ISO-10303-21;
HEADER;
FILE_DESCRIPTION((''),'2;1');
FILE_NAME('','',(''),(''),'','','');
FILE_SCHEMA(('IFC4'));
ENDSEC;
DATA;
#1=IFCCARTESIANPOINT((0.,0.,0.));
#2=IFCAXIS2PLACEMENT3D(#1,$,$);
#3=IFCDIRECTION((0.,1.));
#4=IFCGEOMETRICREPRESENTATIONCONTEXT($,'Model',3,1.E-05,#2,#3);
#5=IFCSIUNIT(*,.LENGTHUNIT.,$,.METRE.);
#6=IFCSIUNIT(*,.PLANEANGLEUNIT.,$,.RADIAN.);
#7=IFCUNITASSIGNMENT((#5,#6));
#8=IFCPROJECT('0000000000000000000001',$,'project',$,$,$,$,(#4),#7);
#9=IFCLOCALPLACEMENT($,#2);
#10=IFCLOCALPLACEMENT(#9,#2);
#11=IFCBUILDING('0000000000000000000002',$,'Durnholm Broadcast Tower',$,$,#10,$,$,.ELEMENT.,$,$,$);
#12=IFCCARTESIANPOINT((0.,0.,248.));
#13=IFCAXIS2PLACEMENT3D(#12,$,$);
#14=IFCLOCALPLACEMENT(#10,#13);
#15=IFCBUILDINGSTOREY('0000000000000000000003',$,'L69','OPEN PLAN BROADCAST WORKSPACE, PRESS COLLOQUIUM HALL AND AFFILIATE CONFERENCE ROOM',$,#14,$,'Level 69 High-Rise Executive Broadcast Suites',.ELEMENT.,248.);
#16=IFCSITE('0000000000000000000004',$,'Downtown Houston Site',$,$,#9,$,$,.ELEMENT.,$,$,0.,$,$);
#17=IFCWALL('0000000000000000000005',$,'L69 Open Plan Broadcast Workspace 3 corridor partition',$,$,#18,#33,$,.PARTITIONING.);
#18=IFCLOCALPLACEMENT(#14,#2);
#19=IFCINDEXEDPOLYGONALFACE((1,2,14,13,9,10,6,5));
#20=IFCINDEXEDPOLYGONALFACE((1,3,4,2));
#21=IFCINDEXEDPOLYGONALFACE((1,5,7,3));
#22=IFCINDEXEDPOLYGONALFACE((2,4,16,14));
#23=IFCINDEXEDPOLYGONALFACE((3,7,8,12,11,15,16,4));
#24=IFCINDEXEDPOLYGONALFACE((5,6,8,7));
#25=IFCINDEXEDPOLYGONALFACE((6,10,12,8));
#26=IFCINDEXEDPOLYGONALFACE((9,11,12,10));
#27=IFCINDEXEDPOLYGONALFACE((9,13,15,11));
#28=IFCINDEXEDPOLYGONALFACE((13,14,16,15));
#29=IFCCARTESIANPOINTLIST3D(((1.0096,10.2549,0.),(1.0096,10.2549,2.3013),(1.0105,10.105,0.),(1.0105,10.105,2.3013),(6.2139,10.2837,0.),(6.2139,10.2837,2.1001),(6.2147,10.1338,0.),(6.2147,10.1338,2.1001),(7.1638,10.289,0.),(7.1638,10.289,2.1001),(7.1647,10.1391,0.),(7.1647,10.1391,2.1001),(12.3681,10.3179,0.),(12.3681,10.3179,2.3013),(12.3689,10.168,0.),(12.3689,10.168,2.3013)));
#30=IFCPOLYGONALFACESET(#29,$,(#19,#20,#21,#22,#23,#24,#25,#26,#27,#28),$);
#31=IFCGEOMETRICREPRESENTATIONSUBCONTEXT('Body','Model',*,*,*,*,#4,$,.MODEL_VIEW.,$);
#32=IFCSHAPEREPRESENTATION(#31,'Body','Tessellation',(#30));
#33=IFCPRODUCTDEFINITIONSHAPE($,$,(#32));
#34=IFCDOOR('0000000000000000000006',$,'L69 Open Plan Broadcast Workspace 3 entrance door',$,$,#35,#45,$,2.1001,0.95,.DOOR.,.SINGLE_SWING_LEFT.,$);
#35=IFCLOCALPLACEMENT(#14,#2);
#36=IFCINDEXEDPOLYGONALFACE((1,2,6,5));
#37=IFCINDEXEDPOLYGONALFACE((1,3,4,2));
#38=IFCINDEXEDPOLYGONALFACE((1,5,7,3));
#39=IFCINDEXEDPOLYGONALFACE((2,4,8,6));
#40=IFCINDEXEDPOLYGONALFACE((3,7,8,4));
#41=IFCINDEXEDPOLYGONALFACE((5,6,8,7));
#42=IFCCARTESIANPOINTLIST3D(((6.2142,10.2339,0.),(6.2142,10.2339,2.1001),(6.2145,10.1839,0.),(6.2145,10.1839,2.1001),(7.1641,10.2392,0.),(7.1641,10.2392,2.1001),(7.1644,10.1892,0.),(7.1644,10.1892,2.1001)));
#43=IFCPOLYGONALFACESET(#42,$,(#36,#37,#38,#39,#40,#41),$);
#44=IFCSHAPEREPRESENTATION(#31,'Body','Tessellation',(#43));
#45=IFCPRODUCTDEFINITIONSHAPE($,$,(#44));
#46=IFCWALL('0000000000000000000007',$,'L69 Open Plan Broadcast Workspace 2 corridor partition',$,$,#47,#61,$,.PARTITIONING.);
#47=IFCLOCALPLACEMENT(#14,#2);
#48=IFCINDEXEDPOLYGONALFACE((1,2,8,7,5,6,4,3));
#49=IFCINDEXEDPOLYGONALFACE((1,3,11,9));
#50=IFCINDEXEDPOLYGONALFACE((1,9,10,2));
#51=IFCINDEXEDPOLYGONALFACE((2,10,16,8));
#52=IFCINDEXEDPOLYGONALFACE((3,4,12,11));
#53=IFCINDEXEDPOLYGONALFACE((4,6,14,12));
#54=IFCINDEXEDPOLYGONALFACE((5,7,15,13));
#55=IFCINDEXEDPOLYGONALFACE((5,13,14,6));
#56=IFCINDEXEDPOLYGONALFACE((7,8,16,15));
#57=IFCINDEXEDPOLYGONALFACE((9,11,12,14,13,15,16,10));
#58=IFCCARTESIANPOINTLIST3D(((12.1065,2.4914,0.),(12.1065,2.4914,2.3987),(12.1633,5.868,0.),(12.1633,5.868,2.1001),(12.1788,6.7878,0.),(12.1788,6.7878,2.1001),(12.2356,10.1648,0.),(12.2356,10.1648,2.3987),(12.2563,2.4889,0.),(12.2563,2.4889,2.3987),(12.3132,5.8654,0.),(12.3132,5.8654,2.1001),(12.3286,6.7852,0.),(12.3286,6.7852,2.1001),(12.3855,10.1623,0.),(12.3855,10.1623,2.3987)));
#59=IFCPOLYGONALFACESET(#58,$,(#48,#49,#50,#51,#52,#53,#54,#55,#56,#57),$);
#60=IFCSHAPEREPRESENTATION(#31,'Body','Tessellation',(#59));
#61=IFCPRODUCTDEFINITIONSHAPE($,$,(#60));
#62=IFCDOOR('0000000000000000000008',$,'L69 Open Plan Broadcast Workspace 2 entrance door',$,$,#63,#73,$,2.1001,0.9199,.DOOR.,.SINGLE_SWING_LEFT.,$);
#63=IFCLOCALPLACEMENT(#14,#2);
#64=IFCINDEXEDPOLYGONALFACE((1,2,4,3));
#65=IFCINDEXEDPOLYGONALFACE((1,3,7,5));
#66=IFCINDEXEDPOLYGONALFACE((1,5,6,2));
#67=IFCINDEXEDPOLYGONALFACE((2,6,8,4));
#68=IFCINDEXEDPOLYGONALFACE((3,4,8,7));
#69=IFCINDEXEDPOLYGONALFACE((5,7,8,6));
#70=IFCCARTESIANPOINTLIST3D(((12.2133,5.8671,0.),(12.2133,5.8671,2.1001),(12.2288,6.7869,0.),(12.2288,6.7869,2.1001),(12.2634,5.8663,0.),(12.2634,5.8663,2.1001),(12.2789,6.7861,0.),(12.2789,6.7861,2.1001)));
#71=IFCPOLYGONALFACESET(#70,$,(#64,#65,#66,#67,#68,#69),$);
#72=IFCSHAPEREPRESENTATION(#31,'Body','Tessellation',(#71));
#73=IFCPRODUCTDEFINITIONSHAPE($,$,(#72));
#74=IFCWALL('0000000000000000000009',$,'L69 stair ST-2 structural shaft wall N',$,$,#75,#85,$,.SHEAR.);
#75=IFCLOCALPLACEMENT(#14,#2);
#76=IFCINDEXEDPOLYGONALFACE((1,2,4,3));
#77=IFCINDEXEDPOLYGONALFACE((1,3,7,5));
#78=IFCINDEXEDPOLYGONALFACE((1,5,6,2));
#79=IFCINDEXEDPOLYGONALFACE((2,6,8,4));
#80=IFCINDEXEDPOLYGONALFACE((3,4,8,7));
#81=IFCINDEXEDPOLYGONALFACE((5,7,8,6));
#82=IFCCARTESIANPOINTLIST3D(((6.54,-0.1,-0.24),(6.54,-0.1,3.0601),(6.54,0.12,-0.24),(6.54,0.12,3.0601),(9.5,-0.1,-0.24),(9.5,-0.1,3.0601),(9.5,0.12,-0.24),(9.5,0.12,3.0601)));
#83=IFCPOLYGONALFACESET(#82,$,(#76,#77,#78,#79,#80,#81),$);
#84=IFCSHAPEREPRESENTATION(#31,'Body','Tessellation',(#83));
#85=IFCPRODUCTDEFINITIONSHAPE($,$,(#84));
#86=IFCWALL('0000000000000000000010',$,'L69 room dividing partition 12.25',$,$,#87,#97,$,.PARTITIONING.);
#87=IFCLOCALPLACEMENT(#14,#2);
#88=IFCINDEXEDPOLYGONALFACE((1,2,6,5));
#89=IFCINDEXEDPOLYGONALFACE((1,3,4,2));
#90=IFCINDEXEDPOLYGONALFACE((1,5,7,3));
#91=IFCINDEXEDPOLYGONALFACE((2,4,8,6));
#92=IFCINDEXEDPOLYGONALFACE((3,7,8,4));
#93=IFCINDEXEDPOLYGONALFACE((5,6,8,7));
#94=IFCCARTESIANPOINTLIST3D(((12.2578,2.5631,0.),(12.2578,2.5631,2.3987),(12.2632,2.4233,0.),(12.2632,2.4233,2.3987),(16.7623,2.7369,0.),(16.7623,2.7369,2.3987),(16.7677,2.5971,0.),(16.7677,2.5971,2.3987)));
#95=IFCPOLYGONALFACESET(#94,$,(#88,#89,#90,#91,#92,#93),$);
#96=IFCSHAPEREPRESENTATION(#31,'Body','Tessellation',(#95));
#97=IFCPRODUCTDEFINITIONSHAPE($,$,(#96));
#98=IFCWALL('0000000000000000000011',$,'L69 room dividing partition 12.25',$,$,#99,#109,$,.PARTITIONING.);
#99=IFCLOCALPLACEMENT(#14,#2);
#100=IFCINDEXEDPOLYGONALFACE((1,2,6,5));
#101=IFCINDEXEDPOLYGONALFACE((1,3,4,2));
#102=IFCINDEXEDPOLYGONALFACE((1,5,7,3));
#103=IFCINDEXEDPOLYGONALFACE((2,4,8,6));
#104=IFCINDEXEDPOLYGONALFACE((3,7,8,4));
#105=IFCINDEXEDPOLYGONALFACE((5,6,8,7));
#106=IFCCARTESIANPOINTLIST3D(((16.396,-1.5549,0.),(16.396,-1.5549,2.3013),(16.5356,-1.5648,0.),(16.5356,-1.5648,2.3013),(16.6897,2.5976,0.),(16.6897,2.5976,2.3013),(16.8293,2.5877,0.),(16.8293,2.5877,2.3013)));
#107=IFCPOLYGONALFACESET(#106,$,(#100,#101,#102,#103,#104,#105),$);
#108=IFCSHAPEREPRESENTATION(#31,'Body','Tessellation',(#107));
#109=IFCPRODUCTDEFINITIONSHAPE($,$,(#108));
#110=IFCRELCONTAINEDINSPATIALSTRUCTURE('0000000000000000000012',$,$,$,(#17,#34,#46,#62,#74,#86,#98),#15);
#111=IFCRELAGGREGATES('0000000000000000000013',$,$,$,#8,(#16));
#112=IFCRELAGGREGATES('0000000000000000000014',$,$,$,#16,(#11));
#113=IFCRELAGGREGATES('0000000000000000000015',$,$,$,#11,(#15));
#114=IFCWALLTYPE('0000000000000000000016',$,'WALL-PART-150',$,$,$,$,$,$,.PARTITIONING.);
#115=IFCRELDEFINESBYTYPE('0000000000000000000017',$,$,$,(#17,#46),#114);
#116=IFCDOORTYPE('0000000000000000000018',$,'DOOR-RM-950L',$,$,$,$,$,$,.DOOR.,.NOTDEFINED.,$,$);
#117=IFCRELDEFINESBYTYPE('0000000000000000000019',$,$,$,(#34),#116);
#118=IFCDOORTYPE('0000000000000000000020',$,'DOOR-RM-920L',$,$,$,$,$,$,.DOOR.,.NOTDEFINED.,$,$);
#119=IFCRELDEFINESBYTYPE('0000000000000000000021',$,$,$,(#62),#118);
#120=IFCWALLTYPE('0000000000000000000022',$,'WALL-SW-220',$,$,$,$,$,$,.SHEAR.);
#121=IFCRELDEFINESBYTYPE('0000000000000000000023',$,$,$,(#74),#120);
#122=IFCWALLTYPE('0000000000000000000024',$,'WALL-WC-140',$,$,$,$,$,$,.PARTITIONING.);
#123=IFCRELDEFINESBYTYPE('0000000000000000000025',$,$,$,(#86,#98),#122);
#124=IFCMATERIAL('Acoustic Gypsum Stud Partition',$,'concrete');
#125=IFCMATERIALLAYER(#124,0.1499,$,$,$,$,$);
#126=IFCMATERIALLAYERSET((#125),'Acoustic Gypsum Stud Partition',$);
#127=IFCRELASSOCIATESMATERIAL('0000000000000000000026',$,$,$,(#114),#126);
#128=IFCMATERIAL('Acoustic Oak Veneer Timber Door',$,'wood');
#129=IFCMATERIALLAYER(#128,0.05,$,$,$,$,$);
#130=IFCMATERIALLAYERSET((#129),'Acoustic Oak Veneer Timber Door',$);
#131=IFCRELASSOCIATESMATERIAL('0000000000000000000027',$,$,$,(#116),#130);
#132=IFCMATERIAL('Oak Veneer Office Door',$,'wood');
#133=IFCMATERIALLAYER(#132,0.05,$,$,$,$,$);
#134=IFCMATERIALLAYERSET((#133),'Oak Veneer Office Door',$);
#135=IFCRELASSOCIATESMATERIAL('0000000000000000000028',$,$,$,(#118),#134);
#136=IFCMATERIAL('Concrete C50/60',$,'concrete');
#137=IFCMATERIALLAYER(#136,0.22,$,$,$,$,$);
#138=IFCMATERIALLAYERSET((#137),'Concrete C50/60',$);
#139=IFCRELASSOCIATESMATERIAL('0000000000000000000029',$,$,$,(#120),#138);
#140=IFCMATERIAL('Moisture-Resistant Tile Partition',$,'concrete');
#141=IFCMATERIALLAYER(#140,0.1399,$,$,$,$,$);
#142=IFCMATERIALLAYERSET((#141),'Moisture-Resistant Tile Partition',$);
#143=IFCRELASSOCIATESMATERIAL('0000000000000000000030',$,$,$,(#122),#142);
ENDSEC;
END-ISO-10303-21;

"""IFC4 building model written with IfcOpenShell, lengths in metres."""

from ifc_helpers import new_model, si_unit, direction, frame, frame_2d, origin, place, context, subcontext, project, spatial, rectangle, extrude, source, transform, mapped, material, layer, layer_set, type_object, type_shapes, element, fill, save


model = new_model("IFC4")

# Units and contexts
model_context = context("Model", 3, precision=1e-05, world=origin(), true_north=direction((0.0, 1.0)))
body_context = subcontext(model_context, "Body", "Model", "MODEL_VIEW")
ifc_project = project(units=[si_unit("LENGTHUNIT", "METRE"), si_unit("PLANEANGLEUNIT", "RADIAN")], contexts=[model_context])

# Site, building, storey
site_placement = place(None, origin())
site = spatial("IfcSite", under=ifc_project, at=site_placement, Name="Downtown Houston Site", CompositionType="ELEMENT", RefElevation=0.0)
building_placement = place(site_placement, origin())
building = spatial("IfcBuilding", under=site, at=building_placement, Name="Durnholm Broadcast Tower", CompositionType="ELEMENT")
storey_placement = place(building_placement, frame((0.0, 0.0, 248.0)))
storey = spatial("IfcBuildingStorey", under=building, at=storey_placement, Name="L69", Description="OPEN PLAN BROADCAST WORKSPACE, PRESS COLLOQUIUM HALL AND AFFILIATE CONFERENCE ROOM", LongName="Level 69 High-Rise Executive Broadcast Suites", CompositionType="ELEMENT", Elevation=248.0)

# Walls, openings, doors
ifc_material_1 = material(Name="Acoustic Gypsum Stud Partition", Category="concrete")
ifc_layer_1 = layer(ifc_material_1, 0.1499)
ifc_layer_set_1 = layer_set([ifc_layer_1], Name="Acoustic Gypsum Stud Partition")
wall_type_1 = type_object("IfcWallType", Name="WALL-PART-150", PredefinedType="PARTITIONING", material=ifc_layer_set_1)
wall_1_placement = place(storey_placement, frame((12.3684, 10.2429, 0.0), z_axis=(0.0, 0.0, 1.0), x_axis=(-0.999985, -0.005545, 0.0)))
wall_1 = element("IfcWall", 1, at=wall_1_placement, inside=storey, type_object=wall_type_1, Name="L69 Open Plan Broadcast Workspace 3 corridor partition", PredefinedType="PARTITIONING", context=body_context, shape_type="SweptSolid", body=[
    extrude(rectangle(XDim=11.3586, YDim=0.1499, at=frame_2d((5.6792, 0.0))), origin(), (0.0, 0.0, 1.0), 2.3013),
])
opening_1_placement = place(wall_1_placement, frame((5.2041, 0.0, 0.0)))
opening_1 = element("IfcOpeningElement", 2, at=opening_1_placement, cuts=wall_1, PredefinedType="OPENING", context=body_context, shape_type="SweptSolid", body=[
    extrude(rectangle(XDim=0.95, YDim=2.1001, at=frame_2d((0.4751, 1.05))), frame((0.0, 0.085, 0.0), z_axis=(0.0, -1.0, 0.0), x_axis=(1.0, 0.0, 0.0)), (0.0, 0.0, 1.0), 0.1699),
])
ifc_material_2 = material(Name="Acoustic Oak Veneer Timber Door", Category="wood")
ifc_layer_2 = layer(ifc_material_2, 0.05)
ifc_layer_set_2 = layer_set([ifc_layer_2], Name="Acoustic Oak Veneer Timber Door")
door_type_1 = type_object("IfcDoorType", Name="DOOR-RM-950L", OperationType="NOTDEFINED", PredefinedType="DOOR", material=ifc_layer_set_2)
shared_shape_1 = source(origin(), body_context, "Body", "SweptSolid", [
    extrude(rectangle(XDim=0.95, YDim=2.1001, at=frame_2d((0.4751, 1.05))), frame((0.0, 0.0249, 0.0), z_axis=(0.0, -1.0, 0.0), x_axis=(1.0, 0.0, 0.0)), (0.0, 0.0, 1.0), 0.05),
])
type_shapes(door_type_1, [shared_shape_1])
door_1_placement = place(opening_1_placement, origin())
door_1 = element("IfcDoor", 3, at=door_1_placement, inside=storey, type_object=door_type_1, Name="L69 Open Plan Broadcast Workspace 3 entrance door", OperationType="SINGLE_SWING_LEFT", OverallHeight=2.1001, OverallWidth=0.95, PredefinedType="DOOR", context=body_context, shape_type="MappedRepresentation", body=[
    mapped(shared_shape_1, transform((0.0, 0.0, 0.0), x_axis=(1.0, 0.0, 0.0), y_axis=(0.0, 1.0, 0.0), z_axis=(0.0, 0.0, 1.0), scale=1.0)),
])
fill(opening_1, door_1)
wall_2_placement = place(storey_placement, frame((12.1814, 2.49, 0.0), z_axis=(0.0, 0.0, 1.0), x_axis=(0.016828, 0.999858, 0.0)))
wall_2 = element("IfcWall", 4, at=wall_2_placement, inside=storey, type_object=wall_type_1, Name="L69 Open Plan Broadcast Workspace 2 corridor partition", PredefinedType="PARTITIONING", context=body_context, shape_type="SweptSolid", body=[
    extrude(rectangle(XDim=7.6746, YDim=0.1499, at=frame_2d((3.8374, 0.0))), origin(), (0.0, 0.0, 1.0), 2.3987),
])
opening_2_placement = place(wall_2_placement, frame((3.3772, 0.0, 0.0)))
opening_2 = element("IfcOpeningElement", 5, at=opening_2_placement, cuts=wall_2, PredefinedType="OPENING", context=body_context, shape_type="SweptSolid", body=[
    extrude(rectangle(XDim=0.9199, YDim=2.1001, at=frame_2d((0.46, 1.05))), frame((0.0, 0.085, 0.0), z_axis=(0.0, -1.0, 0.0), x_axis=(1.0, 0.0, 0.0)), (0.0, 0.0, 1.0), 0.1699),
])
ifc_material_3 = material(Name="Oak Veneer Office Door", Category="wood")
ifc_layer_3 = layer(ifc_material_3, 0.05)
ifc_layer_set_3 = layer_set([ifc_layer_3], Name="Oak Veneer Office Door")
door_type_2 = type_object("IfcDoorType", Name="DOOR-RM-920L", OperationType="NOTDEFINED", PredefinedType="DOOR", material=ifc_layer_set_3)
shared_shape_2 = source(origin(), body_context, "Body", "SweptSolid", [
    extrude(rectangle(XDim=0.9199, YDim=2.1001, at=frame_2d((0.46, 1.05))), frame((0.0, 0.0249, 0.0), z_axis=(0.0, -1.0, 0.0), x_axis=(1.0, 0.0, 0.0)), (0.0, 0.0, 1.0), 0.05),
])
type_shapes(door_type_2, [shared_shape_2])
door_2_placement = place(opening_2_placement, origin())
door_2 = element("IfcDoor", 6, at=door_2_placement, inside=storey, type_object=door_type_2, Name="L69 Open Plan Broadcast Workspace 2 entrance door", OperationType="SINGLE_SWING_LEFT", OverallHeight=2.1001, OverallWidth=0.9199, PredefinedType="DOOR", context=body_context, shape_type="MappedRepresentation", body=[
    mapped(shared_shape_2, transform((0.0, 0.0, 0.0), x_axis=(1.0, 0.0, 0.0), y_axis=(0.0, 1.0, 0.0), z_axis=(0.0, 0.0, 1.0), scale=1.0)),
])
fill(opening_2, door_2)

# Walls
ifc_material_4 = material(Name="Concrete C50/60", Category="concrete")
ifc_layer_4 = layer(ifc_material_4, 0.22)
ifc_layer_set_4 = layer_set([ifc_layer_4], Name="Concrete C50/60")
wall_type_2 = type_object("IfcWallType", Name="WALL-SW-220", PredefinedType="SHEAR", material=ifc_layer_set_4)
wall_3_placement = place(storey_placement, frame((9.5, 0.01, -0.24), z_axis=(0.0, 0.0, 1.0), x_axis=(-1.0, 0.0, 0.0)))
element("IfcWall", 7, at=wall_3_placement, inside=storey, type_object=wall_type_2, Name="L69 stair ST-2 structural shaft wall N", PredefinedType="SHEAR", context=body_context, shape_type="SweptSolid", body=[
    extrude(rectangle(XDim=2.96, YDim=0.22, at=frame_2d((1.48, 0.0))), origin(), (0.0, 0.0, 1.0), 3.3),
])
ifc_material_5 = material(Name="Moisture-Resistant Tile Partition", Category="concrete")
ifc_layer_5 = layer(ifc_material_5, 0.1399)
ifc_layer_set_5 = layer_set([ifc_layer_5], Name="Moisture-Resistant Tile Partition")
wall_type_3 = type_object("IfcWallType", Name="WALL-WC-140", PredefinedType="PARTITIONING", material=ifc_layer_set_5)
wall_4_placement = place(storey_placement, frame((12.2605, 2.4932, 0.0), z_axis=(0.0, 0.0, 1.0), x_axis=(0.999256, 0.038562, 0.0)))
element("IfcWall", 8, at=wall_4_placement, inside=storey, type_object=wall_type_3, Name="L69 room dividing partition 12.25", PredefinedType="PARTITIONING", context=body_context, shape_type="SweptSolid", body=[
    extrude(rectangle(XDim=4.5078, YDim=0.1399, at=frame_2d((2.2539, 0.0))), origin(), (0.0, 0.0, 1.0), 2.3987),
])
wall_5_placement = place(storey_placement, frame((16.7595, 2.5928, 0.0), z_axis=(0.0, 0.0, 1.0), x_axis=(-0.070551, -0.997508, 0.0)))
element("IfcWall", 9, at=wall_5_placement, inside=storey, type_object=wall_type_3, Name="L69 room dividing partition 12.25", PredefinedType="PARTITIONING", context=body_context, shape_type="SweptSolid", body=[
    extrude(rectangle(XDim=4.1628, YDim=0.1399, at=frame_2d((2.0815, 0.0))), origin(), (0.0, 0.0, 1.0), 2.3013),
])

save(model, "model.ifc")
